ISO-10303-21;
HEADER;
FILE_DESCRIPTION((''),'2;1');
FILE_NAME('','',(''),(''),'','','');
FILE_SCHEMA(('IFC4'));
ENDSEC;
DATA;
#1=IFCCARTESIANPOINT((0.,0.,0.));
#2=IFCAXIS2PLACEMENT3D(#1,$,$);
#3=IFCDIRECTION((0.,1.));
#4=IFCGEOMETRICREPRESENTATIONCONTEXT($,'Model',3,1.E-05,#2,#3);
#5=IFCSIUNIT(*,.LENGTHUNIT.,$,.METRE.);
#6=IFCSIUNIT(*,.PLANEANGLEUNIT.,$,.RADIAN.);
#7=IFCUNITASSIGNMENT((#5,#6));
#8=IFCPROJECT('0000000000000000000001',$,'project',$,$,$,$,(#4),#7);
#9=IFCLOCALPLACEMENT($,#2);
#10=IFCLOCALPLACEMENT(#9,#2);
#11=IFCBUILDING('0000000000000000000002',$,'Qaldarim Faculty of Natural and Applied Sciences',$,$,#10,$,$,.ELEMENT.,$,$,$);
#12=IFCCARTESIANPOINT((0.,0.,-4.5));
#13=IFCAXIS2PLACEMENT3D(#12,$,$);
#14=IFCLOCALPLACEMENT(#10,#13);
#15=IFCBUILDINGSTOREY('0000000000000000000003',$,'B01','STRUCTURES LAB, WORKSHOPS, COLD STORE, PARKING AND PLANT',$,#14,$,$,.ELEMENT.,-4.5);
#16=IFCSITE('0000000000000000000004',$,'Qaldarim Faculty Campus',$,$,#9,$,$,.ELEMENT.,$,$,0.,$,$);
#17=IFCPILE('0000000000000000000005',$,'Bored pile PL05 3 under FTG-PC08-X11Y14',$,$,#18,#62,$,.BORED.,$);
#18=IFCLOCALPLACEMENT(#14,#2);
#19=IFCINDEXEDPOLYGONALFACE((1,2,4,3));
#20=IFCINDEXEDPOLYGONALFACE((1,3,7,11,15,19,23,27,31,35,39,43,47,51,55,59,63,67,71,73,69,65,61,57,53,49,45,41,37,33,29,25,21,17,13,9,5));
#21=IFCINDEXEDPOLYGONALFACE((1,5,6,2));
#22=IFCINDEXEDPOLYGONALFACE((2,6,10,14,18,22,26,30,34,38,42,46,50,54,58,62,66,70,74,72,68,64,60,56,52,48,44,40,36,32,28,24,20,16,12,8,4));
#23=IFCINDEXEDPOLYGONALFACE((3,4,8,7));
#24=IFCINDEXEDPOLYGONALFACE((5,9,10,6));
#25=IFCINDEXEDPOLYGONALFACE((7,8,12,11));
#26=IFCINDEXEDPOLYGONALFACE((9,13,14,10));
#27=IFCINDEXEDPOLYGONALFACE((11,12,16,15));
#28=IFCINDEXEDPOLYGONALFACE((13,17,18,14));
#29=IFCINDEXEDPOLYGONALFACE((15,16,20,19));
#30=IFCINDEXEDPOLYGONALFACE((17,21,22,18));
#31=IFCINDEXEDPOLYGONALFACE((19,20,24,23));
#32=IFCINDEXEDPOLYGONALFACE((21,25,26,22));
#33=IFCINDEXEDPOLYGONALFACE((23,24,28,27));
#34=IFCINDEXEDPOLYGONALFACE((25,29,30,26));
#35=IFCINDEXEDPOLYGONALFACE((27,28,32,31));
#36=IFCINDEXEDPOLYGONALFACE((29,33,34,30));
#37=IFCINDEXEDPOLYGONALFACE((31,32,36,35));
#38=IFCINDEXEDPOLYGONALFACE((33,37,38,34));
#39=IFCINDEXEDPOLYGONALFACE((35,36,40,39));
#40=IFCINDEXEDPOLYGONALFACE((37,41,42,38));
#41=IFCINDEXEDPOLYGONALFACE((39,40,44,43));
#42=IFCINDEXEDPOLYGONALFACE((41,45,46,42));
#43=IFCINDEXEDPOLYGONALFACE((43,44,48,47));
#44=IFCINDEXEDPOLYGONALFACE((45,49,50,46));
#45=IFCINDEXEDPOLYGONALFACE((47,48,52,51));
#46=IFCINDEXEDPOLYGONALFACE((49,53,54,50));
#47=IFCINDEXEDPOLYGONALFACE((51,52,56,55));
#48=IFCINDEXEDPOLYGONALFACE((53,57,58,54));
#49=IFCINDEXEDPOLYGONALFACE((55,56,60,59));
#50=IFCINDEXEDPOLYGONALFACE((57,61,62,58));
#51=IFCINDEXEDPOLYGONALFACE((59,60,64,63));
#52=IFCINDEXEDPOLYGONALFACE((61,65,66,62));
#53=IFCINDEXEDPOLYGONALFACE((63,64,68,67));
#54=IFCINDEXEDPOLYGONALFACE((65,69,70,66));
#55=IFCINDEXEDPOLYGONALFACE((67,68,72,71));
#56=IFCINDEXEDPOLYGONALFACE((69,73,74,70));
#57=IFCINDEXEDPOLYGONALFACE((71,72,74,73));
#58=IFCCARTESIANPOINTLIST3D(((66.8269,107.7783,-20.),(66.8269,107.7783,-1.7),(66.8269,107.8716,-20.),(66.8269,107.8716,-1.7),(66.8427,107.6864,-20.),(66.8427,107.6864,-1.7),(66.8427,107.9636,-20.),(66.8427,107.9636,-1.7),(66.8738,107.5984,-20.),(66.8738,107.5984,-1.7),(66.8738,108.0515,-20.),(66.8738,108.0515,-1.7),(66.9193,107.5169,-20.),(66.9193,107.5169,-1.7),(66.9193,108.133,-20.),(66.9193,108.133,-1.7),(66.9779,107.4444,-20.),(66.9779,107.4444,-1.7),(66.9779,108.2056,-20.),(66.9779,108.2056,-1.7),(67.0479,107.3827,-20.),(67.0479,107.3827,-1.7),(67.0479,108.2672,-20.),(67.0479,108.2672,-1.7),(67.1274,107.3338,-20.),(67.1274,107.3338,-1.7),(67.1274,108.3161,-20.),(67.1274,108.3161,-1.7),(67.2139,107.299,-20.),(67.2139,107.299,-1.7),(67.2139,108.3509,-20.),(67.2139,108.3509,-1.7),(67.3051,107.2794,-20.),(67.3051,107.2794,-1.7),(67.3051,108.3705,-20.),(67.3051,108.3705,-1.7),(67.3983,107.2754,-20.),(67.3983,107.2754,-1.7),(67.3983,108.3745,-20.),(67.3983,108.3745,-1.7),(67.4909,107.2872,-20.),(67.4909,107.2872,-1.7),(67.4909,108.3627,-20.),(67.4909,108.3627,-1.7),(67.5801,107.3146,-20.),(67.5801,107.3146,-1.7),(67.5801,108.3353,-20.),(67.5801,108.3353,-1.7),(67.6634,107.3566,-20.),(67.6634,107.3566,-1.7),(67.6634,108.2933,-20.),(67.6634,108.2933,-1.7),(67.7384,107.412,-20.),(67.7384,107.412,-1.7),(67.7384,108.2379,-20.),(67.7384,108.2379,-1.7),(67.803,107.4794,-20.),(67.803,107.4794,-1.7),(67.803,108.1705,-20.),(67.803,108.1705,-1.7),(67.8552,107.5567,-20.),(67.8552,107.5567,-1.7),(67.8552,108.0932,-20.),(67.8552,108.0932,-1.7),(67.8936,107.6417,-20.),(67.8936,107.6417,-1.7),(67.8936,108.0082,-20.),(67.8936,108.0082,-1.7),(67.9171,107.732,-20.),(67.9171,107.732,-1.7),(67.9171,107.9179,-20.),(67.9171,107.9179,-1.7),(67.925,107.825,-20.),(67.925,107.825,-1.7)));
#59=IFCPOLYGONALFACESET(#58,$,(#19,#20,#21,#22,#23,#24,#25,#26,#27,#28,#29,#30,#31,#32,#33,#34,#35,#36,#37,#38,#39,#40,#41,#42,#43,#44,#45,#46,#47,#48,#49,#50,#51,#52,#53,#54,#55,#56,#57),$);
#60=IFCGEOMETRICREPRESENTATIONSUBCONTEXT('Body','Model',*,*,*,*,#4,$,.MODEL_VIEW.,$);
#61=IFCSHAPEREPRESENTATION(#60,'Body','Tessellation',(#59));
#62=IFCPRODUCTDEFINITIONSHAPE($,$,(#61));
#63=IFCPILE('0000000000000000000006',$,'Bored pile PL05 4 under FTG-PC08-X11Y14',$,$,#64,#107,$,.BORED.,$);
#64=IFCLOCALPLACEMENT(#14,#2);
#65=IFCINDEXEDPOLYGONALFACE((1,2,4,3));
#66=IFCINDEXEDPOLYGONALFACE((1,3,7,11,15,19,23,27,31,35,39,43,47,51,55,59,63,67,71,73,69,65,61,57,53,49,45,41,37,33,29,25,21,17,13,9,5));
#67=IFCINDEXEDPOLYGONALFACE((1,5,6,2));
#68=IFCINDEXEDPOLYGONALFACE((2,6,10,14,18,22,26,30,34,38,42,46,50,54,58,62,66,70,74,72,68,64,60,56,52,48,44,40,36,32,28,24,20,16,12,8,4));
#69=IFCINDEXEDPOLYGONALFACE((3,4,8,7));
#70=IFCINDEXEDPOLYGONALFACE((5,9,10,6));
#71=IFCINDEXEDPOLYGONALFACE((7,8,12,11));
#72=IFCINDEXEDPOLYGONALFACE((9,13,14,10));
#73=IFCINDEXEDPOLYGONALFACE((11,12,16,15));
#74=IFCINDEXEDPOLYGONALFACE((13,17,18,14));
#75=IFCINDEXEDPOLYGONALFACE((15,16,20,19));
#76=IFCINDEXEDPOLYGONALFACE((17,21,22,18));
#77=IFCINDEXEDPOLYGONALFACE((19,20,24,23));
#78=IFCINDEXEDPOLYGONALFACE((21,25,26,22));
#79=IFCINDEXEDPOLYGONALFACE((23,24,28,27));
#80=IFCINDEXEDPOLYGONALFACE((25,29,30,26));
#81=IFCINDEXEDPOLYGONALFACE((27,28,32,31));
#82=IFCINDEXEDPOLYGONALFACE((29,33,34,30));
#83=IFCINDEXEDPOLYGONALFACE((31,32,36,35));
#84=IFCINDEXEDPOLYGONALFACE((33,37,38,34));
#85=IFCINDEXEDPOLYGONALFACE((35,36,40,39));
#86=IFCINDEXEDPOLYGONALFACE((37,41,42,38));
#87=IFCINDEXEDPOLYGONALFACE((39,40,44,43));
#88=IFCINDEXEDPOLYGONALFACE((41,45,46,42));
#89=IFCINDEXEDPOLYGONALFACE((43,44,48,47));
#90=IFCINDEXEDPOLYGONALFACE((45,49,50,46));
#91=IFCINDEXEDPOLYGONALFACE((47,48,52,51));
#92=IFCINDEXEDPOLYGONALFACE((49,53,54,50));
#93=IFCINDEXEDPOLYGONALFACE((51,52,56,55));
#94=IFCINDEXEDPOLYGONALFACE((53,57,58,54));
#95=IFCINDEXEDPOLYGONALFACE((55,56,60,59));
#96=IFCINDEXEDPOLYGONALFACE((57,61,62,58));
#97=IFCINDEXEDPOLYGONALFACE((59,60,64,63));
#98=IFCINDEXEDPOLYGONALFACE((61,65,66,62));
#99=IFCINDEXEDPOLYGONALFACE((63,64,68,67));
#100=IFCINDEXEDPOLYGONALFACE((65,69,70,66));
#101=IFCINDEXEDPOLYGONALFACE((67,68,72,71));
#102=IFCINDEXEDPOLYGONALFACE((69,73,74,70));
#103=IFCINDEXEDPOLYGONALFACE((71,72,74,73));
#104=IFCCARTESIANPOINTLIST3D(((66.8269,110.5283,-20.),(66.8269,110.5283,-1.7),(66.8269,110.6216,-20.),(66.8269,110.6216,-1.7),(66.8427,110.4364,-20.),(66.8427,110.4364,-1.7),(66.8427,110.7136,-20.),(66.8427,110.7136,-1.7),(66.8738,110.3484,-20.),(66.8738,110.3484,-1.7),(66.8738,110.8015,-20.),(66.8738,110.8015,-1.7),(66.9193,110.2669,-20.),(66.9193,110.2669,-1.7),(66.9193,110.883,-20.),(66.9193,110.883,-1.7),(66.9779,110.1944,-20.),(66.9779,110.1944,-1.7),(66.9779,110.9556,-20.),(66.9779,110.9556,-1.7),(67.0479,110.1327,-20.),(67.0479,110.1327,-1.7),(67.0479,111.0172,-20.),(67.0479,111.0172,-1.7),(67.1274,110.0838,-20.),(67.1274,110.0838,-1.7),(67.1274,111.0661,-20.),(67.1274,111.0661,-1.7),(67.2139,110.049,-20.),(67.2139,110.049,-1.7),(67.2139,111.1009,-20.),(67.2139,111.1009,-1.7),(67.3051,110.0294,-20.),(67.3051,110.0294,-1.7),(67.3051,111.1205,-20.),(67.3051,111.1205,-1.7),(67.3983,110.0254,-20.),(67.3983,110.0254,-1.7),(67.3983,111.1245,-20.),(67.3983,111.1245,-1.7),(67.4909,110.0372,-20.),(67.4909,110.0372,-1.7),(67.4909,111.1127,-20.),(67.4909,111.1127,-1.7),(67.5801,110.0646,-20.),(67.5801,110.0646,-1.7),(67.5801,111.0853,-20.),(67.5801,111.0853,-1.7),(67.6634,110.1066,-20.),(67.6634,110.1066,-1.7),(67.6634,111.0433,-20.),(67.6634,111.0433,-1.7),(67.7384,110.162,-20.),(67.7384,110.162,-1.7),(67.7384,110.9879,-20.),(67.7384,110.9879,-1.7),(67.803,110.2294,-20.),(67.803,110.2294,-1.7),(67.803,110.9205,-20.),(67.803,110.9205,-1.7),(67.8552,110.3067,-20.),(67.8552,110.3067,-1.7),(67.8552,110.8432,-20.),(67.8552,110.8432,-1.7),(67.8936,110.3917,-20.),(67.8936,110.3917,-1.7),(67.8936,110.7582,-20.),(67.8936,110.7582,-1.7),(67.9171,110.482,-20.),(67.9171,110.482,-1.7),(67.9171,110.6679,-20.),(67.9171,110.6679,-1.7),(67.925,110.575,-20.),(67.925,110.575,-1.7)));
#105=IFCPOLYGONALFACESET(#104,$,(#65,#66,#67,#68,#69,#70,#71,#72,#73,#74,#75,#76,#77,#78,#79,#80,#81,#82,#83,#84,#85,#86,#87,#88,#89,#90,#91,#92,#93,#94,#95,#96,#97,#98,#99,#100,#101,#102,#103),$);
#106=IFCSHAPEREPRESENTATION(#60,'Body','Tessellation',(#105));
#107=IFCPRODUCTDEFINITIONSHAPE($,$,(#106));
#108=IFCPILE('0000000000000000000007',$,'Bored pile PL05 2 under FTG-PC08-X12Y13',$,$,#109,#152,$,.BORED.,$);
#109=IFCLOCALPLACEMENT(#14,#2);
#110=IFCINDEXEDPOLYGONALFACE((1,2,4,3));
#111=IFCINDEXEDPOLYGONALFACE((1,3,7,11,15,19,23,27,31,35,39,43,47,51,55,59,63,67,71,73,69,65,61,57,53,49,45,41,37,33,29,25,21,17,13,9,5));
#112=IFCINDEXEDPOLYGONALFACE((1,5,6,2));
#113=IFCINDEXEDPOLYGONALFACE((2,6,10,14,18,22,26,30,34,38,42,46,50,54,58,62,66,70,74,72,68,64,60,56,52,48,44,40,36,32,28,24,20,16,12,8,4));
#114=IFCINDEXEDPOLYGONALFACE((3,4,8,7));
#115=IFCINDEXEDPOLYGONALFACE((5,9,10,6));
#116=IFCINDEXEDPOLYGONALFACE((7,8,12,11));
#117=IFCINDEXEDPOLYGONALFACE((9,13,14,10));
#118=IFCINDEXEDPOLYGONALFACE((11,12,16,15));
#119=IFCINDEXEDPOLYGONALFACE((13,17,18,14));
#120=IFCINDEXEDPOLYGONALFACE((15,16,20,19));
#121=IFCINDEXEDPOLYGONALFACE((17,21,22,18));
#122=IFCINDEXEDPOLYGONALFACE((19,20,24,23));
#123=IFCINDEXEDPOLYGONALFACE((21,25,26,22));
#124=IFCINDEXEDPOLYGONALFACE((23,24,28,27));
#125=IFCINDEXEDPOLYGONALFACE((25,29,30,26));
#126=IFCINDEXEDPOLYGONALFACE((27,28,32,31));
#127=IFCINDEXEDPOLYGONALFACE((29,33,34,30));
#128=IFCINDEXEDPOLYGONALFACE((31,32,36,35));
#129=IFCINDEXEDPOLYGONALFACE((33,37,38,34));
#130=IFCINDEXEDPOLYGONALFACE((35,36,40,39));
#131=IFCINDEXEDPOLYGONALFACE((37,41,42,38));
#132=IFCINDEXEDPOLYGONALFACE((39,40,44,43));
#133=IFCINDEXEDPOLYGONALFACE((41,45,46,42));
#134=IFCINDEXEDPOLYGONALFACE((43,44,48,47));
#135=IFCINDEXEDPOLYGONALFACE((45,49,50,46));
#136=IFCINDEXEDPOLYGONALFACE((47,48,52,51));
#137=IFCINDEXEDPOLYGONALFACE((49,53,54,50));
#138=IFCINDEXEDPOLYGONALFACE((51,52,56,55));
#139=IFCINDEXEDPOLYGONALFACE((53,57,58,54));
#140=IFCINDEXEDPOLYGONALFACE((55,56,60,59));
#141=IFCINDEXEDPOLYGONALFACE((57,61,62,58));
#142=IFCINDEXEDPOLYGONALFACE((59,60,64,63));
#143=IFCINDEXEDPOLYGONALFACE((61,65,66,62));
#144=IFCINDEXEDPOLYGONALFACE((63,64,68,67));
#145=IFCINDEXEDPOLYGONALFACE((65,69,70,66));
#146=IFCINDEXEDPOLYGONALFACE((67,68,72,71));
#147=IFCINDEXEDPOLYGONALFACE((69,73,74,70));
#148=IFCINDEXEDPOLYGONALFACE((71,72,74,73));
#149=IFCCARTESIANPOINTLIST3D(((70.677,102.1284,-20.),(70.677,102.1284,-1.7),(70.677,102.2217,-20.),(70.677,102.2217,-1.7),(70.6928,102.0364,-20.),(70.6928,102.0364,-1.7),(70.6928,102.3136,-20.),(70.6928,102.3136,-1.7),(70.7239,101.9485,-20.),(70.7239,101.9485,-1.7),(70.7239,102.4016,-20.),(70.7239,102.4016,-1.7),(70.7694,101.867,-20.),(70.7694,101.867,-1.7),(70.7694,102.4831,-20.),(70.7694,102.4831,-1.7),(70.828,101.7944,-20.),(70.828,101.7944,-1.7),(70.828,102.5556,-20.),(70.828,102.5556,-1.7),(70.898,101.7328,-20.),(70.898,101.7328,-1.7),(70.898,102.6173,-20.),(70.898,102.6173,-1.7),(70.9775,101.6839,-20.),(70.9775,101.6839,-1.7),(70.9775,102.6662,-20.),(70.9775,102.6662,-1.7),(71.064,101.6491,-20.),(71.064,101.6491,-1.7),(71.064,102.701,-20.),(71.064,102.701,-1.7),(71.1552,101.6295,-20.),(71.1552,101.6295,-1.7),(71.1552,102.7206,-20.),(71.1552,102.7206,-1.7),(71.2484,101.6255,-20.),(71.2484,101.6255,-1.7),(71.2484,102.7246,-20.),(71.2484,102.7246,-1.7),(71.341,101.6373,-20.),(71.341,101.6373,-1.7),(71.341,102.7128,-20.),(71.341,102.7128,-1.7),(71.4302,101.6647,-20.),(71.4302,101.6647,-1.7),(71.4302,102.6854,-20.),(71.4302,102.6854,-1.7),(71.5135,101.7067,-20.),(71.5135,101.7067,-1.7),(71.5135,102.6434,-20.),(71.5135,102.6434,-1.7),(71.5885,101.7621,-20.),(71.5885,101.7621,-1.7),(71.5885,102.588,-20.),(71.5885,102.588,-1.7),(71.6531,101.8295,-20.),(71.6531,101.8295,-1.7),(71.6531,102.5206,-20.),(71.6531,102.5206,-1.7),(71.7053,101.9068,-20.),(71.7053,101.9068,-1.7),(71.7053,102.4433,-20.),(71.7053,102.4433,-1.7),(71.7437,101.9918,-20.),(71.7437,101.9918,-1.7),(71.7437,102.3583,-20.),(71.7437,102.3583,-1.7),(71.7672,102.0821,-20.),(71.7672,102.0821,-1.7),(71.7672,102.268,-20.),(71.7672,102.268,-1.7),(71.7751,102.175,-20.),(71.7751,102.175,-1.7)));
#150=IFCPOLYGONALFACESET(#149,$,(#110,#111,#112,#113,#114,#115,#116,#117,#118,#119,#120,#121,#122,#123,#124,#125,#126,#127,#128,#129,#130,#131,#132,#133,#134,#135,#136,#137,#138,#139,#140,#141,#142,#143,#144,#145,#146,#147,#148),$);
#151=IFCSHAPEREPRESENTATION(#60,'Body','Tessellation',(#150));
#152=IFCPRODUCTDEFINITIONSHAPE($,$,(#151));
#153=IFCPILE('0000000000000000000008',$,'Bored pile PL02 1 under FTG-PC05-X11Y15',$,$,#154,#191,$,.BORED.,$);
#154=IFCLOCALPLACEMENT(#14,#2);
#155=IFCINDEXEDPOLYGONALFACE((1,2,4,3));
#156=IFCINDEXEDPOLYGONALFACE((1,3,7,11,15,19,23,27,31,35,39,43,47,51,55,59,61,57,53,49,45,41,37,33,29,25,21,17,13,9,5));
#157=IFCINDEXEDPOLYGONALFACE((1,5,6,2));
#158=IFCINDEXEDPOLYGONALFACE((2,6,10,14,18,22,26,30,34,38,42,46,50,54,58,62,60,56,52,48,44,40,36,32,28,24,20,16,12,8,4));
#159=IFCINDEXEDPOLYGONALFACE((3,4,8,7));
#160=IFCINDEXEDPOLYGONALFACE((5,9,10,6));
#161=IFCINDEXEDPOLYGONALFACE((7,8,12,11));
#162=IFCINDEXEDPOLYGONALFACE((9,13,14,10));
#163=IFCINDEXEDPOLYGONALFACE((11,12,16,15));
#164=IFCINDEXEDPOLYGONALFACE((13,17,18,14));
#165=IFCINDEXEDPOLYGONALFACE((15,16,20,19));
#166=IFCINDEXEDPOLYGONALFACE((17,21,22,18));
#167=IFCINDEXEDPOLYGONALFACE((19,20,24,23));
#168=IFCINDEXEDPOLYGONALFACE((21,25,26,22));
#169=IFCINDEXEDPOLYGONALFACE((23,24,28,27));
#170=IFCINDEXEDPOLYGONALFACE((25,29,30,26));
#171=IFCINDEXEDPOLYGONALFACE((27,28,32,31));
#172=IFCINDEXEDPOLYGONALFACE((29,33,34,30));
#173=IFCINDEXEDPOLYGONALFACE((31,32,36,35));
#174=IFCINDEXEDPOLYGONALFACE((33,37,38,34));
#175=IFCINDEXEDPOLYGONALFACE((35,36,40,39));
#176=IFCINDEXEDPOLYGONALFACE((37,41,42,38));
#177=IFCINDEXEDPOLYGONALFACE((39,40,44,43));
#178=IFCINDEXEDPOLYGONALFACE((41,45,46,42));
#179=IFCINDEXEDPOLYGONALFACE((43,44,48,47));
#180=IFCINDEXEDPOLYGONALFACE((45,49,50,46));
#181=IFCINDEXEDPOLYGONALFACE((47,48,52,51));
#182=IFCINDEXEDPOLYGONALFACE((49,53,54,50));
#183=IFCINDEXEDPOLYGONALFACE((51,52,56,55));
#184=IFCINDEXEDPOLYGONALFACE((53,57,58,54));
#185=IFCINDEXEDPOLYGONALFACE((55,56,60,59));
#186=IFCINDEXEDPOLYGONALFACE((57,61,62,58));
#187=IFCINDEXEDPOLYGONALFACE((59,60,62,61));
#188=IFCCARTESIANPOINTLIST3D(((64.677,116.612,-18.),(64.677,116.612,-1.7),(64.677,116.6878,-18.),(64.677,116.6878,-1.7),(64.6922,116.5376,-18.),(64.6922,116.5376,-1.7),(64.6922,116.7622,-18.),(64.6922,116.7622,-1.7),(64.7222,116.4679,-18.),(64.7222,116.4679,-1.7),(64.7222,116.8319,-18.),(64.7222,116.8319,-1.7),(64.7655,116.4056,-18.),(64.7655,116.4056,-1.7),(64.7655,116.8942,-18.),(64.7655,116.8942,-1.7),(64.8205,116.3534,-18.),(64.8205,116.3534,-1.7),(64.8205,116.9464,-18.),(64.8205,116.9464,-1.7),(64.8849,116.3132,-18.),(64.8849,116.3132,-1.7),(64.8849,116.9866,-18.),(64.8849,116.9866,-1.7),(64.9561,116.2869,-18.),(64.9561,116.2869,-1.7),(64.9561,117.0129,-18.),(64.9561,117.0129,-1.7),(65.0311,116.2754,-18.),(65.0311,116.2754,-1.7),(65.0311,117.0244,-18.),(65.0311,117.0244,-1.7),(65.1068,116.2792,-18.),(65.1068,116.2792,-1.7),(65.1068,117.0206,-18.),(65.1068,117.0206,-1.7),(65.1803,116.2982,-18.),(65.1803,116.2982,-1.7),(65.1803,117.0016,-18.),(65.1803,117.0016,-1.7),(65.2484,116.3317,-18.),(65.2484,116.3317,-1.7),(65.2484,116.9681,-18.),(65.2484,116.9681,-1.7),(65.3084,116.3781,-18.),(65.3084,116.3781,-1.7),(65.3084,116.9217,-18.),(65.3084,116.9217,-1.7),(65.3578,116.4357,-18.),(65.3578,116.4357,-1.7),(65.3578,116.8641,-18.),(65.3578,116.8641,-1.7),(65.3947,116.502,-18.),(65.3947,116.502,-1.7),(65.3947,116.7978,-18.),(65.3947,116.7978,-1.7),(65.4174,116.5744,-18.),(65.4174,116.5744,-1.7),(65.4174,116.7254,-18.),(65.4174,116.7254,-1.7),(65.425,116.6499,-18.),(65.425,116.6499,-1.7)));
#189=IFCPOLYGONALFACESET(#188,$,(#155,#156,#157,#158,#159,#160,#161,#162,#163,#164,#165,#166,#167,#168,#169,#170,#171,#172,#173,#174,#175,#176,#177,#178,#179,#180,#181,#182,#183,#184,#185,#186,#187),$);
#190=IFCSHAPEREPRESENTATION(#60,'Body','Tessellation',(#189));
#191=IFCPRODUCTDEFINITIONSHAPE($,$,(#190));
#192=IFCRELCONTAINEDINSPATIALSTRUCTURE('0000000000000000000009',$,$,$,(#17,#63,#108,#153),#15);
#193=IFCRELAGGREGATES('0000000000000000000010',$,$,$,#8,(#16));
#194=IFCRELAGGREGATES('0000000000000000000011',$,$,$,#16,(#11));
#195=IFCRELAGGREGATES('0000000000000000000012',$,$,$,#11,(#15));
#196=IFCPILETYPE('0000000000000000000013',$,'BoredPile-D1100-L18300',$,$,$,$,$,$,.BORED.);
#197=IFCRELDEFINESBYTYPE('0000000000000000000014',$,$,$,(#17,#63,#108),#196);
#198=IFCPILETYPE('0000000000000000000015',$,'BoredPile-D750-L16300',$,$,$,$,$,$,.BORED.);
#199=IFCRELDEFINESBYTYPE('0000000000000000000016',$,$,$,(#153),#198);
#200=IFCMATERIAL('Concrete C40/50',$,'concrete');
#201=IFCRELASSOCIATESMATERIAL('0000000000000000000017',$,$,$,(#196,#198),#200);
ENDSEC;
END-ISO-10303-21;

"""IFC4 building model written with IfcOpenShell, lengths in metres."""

from ifc_helpers import new_model, si_unit, direction, frame, origin, origin_2d, place, context, subcontext, project, spatial, circle, extrude, material, material_profile, profile_set, type_object, element, save


model = new_model("IFC4")

# Units and contexts
model_context = context("Model", 3, precision=1e-05, world=origin(), true_north=direction((0.0, 1.0)))
body_context = subcontext(model_context, "Body", "Model", "MODEL_VIEW")
ifc_project = project(units=[si_unit("LENGTHUNIT", "METRE"), si_unit("PLANEANGLEUNIT", "RADIAN")], contexts=[model_context])

# Site, building, storey
site_placement = place(None, origin())
site = spatial("IfcSite", under=ifc_project, at=site_placement, Name="Qaldarim Faculty Campus", CompositionType="ELEMENT", RefElevation=0.0)
building_placement = place(site_placement, origin())
building = spatial("IfcBuilding", under=site, at=building_placement, Name="Qaldarim Faculty of Natural and Applied Sciences", CompositionType="ELEMENT")
storey_placement = place(building_placement, frame((0.0, 0.0, -4.5)))
storey = spatial("IfcBuildingStorey", under=building, at=storey_placement, Name="B01", Description="STRUCTURES LAB, WORKSHOPS, COLD STORE, PARKING AND PLANT", CompositionType="ELEMENT", Elevation=-4.5)

# Piles
ifc_material_1 = material(Name="Concrete C40/50", Category="concrete")
ifc_material_profile_1 = material_profile(ifc_material_1, circle(Radius=0.55, at=origin_2d()), Name="PILE-D1100")
ifc_profile_set_1 = profile_set([ifc_material_profile_1], Name="Concrete C40/50")
pile_type_1 = type_object("IfcPileType", Name="BoredPile-D1100-L18300", PredefinedType="BORED", material=ifc_profile_set_1)
for number, where, z_axis, x_axis, name in (
    (1, (67.375, 107.825, -1.7), (0.0, 0.0, -1.0), (1.0, 0.0, 0.0), "Bored pile PL05 3 under FTG-PC08-X11Y14"),
    (2, (67.375, 110.575, -1.7), (0.0, 0.0, -1.0), (1.0, 0.0, 0.0), "Bored pile PL05 4 under FTG-PC08-X11Y14"),
    (3, (71.2251, 102.175, -1.7), (0.0, 0.0, -1.0), (1.0, 0.0, 0.0), "Bored pile PL05 2 under FTG-PC08-X12Y13"),
):
    element("IfcPile", number, at=place(storey_placement, frame(where, z_axis=z_axis, x_axis=x_axis)), inside=storey, type_object=pile_type_1, Name=name, PredefinedType="BORED", context=body_context, shape_type="SweptSolid", body=[
        extrude(circle(Radius=0.55, at=origin_2d()), origin(), (0.0, 0.0, 1.0), 18.3),
    ])
ifc_material_profile_2 = material_profile(ifc_material_1, circle(Radius=0.375, at=origin_2d()), Name="PILE-D750")
ifc_profile_set_2 = profile_set([ifc_material_profile_2], Name="Concrete C40/50")
pile_type_2 = type_object("IfcPileType", Name="BoredPile-D750-L16300", PredefinedType="BORED", material=ifc_profile_set_2)
for number, where, z_axis, x_axis, name in (
    (4, (65.05, 116.6499, -1.7), (0.0, 0.0, -1.0), (1.0, 0.0, 0.0), "Bored pile PL02 1 under FTG-PC05-X11Y15"),
):
    element("IfcPile", number, at=place(storey_placement, frame(where, z_axis=z_axis, x_axis=x_axis)), inside=storey, type_object=pile_type_2, Name=name, PredefinedType="BORED", context=body_context, shape_type="SweptSolid", body=[
        extrude(circle(Radius=0.375, at=origin_2d()), origin(), (0.0, 0.0, 1.0), 16.3),
    ])

save(model, "model.ifc")
